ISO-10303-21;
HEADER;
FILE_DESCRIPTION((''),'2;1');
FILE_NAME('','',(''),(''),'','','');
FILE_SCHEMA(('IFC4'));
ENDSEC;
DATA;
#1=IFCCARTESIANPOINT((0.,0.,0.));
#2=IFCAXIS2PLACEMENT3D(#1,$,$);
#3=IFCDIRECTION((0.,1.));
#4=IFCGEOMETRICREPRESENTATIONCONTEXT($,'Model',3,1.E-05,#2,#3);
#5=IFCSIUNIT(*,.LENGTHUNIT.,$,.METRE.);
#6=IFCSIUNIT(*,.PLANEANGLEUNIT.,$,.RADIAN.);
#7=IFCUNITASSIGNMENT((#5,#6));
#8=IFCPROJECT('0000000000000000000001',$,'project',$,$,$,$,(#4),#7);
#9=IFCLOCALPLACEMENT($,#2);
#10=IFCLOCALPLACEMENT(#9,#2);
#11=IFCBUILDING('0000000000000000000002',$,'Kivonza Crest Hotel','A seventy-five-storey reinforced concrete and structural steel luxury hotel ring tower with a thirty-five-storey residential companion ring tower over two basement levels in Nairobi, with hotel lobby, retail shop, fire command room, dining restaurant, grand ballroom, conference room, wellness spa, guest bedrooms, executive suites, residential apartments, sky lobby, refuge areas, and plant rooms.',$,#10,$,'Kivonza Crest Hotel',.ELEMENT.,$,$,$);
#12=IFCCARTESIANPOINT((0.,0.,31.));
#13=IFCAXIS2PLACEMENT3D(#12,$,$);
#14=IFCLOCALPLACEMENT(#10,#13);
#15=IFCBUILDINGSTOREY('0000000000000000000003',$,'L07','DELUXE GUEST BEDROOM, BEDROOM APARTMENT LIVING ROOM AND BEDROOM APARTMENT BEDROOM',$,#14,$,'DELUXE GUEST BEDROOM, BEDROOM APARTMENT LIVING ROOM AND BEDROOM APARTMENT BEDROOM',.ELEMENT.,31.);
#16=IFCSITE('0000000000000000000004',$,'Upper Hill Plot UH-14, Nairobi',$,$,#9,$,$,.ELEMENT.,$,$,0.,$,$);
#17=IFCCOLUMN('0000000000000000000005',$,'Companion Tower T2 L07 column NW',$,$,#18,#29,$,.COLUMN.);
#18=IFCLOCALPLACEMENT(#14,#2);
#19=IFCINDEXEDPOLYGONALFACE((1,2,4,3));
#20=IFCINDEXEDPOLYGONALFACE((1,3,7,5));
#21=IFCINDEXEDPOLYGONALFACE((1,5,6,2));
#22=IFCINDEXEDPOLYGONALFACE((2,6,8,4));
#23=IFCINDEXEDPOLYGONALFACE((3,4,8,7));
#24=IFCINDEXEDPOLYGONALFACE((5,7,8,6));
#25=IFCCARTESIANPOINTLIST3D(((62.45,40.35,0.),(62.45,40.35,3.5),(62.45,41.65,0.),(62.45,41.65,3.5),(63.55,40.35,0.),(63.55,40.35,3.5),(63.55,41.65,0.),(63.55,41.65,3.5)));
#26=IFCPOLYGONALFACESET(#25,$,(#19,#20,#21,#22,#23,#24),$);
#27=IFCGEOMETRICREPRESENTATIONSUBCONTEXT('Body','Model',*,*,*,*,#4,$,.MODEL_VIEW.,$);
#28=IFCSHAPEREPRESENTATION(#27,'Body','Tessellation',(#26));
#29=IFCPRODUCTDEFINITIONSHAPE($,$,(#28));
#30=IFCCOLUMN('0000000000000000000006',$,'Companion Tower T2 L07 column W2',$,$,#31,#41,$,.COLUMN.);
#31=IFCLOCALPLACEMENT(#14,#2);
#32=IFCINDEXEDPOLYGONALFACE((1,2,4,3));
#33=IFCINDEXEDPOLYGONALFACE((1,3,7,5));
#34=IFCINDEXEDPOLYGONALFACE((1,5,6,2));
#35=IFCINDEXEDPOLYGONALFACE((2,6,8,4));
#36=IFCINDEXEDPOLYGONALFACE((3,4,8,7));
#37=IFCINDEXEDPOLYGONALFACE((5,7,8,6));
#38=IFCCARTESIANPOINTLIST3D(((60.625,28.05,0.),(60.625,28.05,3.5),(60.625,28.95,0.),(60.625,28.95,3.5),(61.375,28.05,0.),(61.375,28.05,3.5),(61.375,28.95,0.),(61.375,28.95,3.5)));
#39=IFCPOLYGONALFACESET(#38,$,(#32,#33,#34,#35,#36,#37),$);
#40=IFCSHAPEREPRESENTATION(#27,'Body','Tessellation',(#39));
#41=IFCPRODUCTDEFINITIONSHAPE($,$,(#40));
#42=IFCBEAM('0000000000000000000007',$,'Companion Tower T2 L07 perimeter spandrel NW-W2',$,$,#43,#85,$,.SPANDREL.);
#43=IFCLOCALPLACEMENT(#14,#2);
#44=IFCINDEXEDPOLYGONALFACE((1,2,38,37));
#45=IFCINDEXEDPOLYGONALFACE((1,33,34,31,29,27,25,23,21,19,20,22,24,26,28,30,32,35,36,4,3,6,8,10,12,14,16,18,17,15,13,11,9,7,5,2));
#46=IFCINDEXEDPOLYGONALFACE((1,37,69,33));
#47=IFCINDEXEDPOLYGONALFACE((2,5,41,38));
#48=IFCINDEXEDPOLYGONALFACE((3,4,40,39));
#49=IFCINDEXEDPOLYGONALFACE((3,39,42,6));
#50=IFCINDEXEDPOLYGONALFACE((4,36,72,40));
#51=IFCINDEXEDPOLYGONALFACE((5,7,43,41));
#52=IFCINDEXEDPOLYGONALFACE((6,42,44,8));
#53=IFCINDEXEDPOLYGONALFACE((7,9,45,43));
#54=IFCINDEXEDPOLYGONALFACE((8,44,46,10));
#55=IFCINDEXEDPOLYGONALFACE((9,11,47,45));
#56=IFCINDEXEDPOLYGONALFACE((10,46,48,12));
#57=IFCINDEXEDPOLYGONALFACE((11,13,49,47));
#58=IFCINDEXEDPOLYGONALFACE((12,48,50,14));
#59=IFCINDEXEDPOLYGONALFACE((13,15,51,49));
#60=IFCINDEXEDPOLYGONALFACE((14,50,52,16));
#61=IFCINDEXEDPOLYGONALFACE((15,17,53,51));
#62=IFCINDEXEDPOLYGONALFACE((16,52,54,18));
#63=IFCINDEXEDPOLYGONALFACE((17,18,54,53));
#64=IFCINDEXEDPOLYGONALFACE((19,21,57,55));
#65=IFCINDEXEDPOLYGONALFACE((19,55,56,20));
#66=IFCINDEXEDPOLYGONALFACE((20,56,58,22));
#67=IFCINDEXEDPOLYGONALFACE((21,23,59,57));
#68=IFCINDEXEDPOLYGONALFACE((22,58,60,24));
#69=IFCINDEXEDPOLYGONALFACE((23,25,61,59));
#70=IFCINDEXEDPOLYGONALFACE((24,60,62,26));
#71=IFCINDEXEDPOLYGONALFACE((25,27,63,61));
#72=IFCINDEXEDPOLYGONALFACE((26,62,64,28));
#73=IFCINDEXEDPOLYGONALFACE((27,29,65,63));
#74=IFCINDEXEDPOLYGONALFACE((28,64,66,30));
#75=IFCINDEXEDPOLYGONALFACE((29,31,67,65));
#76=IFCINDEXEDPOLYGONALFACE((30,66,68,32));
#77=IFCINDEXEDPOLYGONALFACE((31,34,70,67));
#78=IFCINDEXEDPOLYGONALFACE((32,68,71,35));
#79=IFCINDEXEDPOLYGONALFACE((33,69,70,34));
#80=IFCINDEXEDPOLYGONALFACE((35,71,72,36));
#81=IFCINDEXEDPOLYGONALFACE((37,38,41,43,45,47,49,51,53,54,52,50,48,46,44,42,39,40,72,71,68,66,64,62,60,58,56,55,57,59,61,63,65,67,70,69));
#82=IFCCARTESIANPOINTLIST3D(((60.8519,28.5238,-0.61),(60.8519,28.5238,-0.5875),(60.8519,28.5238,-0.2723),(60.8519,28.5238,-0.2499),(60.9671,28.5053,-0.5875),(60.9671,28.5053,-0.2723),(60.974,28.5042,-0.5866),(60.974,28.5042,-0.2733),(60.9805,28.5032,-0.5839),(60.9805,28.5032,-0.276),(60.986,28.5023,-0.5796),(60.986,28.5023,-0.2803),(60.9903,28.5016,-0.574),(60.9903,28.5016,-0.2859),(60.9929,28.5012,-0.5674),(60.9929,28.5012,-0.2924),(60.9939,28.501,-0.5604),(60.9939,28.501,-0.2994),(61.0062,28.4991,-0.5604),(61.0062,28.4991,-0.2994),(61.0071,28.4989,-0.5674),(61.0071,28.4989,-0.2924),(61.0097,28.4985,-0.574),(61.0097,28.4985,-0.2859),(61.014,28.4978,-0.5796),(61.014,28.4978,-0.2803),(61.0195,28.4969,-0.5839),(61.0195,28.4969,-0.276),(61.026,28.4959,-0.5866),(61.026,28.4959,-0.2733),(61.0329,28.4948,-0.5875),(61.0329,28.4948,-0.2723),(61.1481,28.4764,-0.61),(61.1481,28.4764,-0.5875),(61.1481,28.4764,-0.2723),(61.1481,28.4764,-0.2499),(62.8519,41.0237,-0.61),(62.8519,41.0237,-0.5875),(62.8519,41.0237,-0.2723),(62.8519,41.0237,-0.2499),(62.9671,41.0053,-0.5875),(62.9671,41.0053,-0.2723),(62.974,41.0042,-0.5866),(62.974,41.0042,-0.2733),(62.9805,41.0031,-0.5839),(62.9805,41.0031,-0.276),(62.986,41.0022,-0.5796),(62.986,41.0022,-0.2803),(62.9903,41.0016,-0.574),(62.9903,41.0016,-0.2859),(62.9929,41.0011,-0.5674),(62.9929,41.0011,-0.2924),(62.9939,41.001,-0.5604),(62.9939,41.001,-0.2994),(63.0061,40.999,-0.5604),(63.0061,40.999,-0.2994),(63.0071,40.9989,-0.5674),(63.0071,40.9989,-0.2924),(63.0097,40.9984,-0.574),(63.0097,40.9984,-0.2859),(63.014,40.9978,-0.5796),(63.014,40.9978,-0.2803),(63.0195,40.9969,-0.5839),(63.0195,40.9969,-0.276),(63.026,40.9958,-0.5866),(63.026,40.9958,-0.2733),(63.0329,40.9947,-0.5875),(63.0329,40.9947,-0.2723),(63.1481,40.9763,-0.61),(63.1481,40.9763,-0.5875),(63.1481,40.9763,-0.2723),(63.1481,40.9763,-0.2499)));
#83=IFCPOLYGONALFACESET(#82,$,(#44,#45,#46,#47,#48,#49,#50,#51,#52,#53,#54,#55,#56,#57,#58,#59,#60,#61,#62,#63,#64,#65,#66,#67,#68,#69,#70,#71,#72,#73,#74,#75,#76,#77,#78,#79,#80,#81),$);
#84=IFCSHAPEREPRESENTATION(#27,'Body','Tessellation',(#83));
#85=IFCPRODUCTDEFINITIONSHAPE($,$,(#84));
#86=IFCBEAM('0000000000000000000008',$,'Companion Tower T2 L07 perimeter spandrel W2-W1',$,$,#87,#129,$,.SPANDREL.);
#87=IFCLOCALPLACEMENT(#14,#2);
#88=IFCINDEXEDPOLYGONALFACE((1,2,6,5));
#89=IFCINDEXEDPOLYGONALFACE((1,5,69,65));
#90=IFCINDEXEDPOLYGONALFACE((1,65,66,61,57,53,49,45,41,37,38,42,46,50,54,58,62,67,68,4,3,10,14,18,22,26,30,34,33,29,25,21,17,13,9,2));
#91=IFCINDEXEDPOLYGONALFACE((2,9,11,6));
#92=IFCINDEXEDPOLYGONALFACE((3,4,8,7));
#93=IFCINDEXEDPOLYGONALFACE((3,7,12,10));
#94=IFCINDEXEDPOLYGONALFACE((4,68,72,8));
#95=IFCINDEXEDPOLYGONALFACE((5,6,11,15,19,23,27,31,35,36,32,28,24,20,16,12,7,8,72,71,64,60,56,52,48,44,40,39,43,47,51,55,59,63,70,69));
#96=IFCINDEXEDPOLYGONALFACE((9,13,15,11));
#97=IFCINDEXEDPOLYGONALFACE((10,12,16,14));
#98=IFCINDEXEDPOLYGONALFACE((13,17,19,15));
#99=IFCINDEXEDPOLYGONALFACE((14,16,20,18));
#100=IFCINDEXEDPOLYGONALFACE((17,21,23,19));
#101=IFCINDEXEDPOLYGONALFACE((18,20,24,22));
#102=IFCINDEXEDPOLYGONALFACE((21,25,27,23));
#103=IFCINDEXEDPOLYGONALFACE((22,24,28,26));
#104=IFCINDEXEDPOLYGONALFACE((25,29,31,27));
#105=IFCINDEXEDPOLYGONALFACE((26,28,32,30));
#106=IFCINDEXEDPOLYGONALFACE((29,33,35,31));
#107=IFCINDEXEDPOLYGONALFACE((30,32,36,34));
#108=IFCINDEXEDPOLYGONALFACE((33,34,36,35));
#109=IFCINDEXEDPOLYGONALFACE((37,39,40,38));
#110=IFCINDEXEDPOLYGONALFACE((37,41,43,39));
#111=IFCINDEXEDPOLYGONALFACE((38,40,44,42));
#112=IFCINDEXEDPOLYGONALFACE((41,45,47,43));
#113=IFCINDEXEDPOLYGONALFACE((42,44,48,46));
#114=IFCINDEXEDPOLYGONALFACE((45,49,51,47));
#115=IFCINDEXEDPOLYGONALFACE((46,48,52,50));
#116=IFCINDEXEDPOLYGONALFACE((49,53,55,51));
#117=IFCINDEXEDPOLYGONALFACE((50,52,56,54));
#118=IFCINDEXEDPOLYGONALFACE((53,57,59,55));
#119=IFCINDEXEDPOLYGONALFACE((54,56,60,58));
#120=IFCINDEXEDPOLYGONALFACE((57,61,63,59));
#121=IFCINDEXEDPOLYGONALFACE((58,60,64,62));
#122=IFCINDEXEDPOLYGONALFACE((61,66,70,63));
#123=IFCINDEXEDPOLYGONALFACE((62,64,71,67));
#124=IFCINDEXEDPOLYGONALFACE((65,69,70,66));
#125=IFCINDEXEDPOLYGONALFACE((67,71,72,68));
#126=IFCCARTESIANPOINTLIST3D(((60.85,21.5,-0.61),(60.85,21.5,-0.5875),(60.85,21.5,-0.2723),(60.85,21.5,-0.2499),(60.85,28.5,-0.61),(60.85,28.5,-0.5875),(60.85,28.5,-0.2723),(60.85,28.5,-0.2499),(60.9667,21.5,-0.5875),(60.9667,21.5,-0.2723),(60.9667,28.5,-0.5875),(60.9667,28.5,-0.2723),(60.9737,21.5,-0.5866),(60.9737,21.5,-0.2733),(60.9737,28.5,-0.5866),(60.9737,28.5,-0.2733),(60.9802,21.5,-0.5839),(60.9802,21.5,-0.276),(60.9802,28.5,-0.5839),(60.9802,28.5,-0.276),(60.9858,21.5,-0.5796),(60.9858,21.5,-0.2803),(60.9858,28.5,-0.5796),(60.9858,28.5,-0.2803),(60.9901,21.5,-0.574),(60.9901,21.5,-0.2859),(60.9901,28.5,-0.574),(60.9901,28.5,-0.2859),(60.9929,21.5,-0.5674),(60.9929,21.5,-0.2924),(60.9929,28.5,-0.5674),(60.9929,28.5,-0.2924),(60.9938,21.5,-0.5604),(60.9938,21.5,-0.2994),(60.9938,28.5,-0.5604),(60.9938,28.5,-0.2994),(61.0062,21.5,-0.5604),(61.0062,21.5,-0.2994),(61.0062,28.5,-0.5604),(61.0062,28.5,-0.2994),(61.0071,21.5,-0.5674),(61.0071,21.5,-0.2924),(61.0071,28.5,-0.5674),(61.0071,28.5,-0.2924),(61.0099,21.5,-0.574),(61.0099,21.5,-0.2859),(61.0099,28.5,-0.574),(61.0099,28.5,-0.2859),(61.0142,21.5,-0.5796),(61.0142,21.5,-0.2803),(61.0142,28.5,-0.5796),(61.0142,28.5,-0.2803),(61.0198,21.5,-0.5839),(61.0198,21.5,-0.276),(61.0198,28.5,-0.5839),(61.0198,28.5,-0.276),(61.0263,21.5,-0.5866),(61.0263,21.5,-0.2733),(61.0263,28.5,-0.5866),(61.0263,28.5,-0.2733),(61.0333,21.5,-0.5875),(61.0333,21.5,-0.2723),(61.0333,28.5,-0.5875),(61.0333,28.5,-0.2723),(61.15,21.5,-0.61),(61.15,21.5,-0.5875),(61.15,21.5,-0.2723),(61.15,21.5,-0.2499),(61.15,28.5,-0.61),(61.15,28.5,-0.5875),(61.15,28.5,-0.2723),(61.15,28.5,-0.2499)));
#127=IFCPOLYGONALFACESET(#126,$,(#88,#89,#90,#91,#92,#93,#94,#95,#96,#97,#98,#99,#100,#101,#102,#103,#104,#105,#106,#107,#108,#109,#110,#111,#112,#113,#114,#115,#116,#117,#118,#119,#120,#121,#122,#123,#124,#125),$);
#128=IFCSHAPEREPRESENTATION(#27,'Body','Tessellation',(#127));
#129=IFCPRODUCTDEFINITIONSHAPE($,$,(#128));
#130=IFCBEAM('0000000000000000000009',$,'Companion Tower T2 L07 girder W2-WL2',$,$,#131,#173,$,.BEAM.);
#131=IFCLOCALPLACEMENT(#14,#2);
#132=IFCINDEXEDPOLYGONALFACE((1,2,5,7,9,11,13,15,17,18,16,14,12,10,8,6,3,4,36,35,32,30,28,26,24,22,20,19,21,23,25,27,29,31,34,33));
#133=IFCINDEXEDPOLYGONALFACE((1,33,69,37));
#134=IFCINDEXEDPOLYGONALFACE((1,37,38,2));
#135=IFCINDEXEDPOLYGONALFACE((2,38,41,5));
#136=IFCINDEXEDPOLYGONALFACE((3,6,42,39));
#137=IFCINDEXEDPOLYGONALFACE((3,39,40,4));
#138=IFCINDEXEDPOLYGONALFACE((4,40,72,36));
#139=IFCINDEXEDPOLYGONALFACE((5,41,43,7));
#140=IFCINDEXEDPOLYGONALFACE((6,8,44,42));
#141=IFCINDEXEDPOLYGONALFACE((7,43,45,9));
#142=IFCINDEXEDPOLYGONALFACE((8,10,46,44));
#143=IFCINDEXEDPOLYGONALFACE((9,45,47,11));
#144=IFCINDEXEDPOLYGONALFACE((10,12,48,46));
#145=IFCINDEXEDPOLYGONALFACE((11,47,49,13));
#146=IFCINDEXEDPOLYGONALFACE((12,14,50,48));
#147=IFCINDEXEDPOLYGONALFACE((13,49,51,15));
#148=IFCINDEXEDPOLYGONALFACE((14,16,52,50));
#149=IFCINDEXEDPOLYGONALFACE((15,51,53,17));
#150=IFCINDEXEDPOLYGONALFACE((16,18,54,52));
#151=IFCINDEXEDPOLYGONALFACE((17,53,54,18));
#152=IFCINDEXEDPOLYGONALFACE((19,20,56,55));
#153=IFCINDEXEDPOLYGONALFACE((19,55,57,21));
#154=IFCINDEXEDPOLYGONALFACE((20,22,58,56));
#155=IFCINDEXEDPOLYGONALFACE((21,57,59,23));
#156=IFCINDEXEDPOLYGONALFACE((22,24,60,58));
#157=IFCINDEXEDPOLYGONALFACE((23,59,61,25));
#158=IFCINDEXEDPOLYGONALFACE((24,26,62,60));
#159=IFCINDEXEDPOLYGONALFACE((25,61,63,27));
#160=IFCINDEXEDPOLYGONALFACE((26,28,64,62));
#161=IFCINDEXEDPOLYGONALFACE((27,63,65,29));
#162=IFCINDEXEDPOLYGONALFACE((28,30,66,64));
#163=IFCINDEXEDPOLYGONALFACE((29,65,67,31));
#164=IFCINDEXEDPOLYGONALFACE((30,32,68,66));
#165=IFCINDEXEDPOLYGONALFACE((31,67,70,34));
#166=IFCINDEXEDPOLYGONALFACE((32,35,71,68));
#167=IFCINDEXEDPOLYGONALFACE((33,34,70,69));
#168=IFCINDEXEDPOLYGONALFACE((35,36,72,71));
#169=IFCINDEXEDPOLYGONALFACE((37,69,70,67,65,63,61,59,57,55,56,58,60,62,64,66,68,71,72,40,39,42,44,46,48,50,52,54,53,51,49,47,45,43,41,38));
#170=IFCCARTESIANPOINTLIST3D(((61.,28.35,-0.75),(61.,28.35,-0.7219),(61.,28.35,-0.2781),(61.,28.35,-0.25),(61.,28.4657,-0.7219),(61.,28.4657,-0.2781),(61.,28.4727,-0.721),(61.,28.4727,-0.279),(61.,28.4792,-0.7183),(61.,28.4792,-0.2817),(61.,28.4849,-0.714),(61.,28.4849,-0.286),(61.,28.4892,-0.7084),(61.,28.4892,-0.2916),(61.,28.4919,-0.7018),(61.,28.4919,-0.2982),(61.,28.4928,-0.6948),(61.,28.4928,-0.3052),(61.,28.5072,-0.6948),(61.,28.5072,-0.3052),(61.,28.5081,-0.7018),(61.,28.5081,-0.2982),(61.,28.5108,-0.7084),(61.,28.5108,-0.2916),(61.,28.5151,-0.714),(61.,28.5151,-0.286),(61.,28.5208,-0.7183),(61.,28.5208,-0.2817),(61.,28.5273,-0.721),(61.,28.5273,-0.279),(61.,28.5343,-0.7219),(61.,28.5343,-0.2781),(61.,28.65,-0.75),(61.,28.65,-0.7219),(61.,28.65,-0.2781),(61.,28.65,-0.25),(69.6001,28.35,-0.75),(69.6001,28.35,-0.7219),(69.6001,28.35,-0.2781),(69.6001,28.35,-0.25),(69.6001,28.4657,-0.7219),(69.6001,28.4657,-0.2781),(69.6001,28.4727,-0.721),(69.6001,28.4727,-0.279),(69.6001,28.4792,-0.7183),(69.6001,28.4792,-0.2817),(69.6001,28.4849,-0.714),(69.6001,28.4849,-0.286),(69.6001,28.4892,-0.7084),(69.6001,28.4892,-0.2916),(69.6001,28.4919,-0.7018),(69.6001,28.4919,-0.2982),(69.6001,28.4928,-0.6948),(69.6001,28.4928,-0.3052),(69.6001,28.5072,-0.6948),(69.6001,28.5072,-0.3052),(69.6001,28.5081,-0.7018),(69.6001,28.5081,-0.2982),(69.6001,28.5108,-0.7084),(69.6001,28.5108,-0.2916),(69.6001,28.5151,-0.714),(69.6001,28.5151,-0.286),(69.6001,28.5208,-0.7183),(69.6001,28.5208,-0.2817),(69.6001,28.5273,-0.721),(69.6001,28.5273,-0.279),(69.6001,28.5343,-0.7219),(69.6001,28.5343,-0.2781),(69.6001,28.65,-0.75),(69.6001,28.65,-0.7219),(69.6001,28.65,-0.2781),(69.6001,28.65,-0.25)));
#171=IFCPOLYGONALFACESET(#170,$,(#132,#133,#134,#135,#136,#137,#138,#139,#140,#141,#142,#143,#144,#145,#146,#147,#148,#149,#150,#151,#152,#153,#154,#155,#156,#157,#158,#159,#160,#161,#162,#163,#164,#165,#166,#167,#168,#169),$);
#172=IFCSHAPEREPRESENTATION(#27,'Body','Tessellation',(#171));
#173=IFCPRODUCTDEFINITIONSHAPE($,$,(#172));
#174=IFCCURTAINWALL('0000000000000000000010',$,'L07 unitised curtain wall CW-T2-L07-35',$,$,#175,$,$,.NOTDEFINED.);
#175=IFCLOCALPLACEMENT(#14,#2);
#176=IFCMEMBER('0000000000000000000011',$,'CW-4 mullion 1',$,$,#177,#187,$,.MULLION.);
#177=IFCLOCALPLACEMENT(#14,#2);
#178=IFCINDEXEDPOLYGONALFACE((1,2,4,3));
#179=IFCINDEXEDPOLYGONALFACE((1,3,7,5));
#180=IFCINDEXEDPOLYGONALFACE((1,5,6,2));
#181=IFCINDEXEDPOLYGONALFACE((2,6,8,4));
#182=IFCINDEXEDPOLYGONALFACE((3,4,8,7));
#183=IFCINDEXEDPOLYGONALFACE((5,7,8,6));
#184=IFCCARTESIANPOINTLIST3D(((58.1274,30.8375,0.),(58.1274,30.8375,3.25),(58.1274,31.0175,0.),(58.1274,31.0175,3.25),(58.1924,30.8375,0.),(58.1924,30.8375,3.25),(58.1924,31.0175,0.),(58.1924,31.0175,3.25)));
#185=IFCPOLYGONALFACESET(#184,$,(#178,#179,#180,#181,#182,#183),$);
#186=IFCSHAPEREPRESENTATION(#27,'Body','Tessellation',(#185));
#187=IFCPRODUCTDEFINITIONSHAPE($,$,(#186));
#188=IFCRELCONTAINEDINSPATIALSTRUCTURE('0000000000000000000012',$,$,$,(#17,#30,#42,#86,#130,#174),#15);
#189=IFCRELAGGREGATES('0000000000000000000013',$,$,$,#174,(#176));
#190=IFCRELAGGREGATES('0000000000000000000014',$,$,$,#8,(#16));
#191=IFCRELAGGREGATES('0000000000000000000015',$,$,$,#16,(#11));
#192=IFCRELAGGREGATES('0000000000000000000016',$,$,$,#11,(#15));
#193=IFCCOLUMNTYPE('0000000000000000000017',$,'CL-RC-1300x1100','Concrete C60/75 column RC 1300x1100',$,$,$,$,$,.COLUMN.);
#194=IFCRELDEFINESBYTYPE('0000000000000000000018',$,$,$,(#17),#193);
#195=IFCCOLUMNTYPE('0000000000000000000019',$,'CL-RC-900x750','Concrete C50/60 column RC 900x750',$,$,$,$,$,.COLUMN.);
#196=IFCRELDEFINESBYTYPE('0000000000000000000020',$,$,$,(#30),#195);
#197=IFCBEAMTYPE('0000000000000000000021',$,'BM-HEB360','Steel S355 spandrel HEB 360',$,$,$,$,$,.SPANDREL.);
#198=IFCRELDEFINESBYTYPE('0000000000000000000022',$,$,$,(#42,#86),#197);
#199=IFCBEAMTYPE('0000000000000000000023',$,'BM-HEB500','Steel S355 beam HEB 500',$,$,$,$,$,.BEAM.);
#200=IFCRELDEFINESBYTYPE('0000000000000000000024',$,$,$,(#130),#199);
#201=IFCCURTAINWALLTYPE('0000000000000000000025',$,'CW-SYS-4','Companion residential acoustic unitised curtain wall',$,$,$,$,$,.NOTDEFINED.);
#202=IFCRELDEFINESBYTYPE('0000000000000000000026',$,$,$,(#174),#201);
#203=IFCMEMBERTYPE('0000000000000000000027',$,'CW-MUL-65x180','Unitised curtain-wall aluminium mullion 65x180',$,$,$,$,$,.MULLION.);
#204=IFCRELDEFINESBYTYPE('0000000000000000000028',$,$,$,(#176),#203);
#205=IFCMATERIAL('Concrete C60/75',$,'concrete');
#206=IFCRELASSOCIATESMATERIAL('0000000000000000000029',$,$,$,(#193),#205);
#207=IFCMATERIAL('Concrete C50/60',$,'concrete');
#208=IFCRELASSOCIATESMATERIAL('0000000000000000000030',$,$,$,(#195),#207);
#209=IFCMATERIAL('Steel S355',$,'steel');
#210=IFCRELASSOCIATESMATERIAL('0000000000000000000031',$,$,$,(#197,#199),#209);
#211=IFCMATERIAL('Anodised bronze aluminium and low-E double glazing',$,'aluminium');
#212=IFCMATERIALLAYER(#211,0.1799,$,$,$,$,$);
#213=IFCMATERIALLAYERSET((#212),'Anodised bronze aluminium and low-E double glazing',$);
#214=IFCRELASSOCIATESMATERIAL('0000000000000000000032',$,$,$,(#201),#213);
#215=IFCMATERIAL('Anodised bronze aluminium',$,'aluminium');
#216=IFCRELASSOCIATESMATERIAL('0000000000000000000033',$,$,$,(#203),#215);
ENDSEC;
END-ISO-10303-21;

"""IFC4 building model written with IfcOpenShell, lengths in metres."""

from ifc_helpers import new_model, si_unit, direction, frame, origin, origin_2d, place, context, subcontext, project, spatial, rectangle, i_section, extrude, material, layer, layer_set, material_profile, profile_set, type_object, element, aggregate, save


model = new_model("IFC4")

# Units and contexts
model_context = context("Model", 3, precision=1e-05, world=origin(), true_north=direction((0.0, 1.0)))
body_context = subcontext(model_context, "Body", "Model", "MODEL_VIEW")
ifc_project = project(units=[si_unit("LENGTHUNIT", "METRE"), si_unit("PLANEANGLEUNIT", "RADIAN")], contexts=[model_context])

# Site, building, storey
site_placement = place(None, origin())
site = spatial("IfcSite", under=ifc_project, at=site_placement, Name="Upper Hill Plot UH-14, Nairobi", CompositionType="ELEMENT", RefElevation=0.0)
building_placement = place(site_placement, origin())
building = spatial("IfcBuilding", under=site, at=building_placement, Name="Kivonza Crest Hotel", Description="A seventy-five-storey reinforced concrete and structural steel luxury hotel ring tower with a thirty-five-storey residential companion ring tower over two basement levels in Nairobi, with hotel lobby, retail shop, fire command room, dining restaurant, grand ballroom, conference room, wellness spa, guest bedrooms, executive suites, residential apartments, sky lobby, refuge areas, and plant rooms.", LongName="Kivonza Crest Hotel", CompositionType="ELEMENT")
storey_placement = place(building_placement, frame((0.0, 0.0, 31.0)))
storey = spatial("IfcBuildingStorey", under=building, at=storey_placement, Name="L07", Description="DELUXE GUEST BEDROOM, BEDROOM APARTMENT LIVING ROOM AND BEDROOM APARTMENT BEDROOM", LongName="DELUXE GUEST BEDROOM, BEDROOM APARTMENT LIVING ROOM AND BEDROOM APARTMENT BEDROOM", CompositionType="ELEMENT", Elevation=31.0)

# Columns
ifc_material_1 = material(Name="Concrete C60/75", Category="concrete")
ifc_material_profile_1 = material_profile(ifc_material_1, rectangle(XDim=1.1001, YDim=1.3, at=origin_2d()), Name="RC 1300x1100")
ifc_profile_set_1 = profile_set([ifc_material_profile_1], Name="Concrete C60/75")
column_type_1 = type_object("IfcColumnType", Name="CL-RC-1300x1100", Description="Concrete C60/75 column RC 1300x1100", PredefinedType="COLUMN", material=ifc_profile_set_1)
column_1_placement = place(storey_placement, frame((63.0, 41.0, 0.0), z_axis=(0.0, 0.0, 1.0), x_axis=(1.0, 0.0, 0.0)))
element("IfcColumn", 1, at=column_1_placement, inside=storey, type_object=column_type_1, Name="Companion Tower T2 L07 column NW", PredefinedType="COLUMN", context=body_context, shape_type="SweptSolid", body=[
    extrude(rectangle(XDim=1.1001, YDim=1.3, at=origin_2d()), origin(), (0.0, 0.0, 1.0), 3.5),
])
ifc_material_2 = material(Name="Concrete C50/60", Category="concrete")
ifc_material_profile_2 = material_profile(ifc_material_2, rectangle(XDim=0.75, YDim=0.8999, at=origin_2d()), Name="RC 900x750")
ifc_profile_set_2 = profile_set([ifc_material_profile_2], Name="Concrete C50/60")
column_type_2 = type_object("IfcColumnType", Name="CL-RC-900x750", Description="Concrete C50/60 column RC 900x750", PredefinedType="COLUMN", material=ifc_profile_set_2)
column_2_placement = place(storey_placement, frame((61.0, 28.5, 0.0), z_axis=(0.0, 0.0, 1.0), x_axis=(1.0, 0.0, 0.0)))
element("IfcColumn", 2, at=column_2_placement, inside=storey, type_object=column_type_2, Name="Companion Tower T2 L07 column W2", PredefinedType="COLUMN", context=body_context, shape_type="SweptSolid", body=[
    extrude(rectangle(XDim=0.75, YDim=0.8999, at=origin_2d()), origin(), (0.0, 0.0, 1.0), 3.5),
])

# Beams
ifc_material_3 = material(Name="Steel S355", Category="steel")
ifc_material_profile_3 = material_profile(ifc_material_3, i_section(OverallWidth=0.3, OverallDepth=0.3601, WebThickness=0.0125, FlangeThickness=0.0225, FilletRadius=0.0271, at=origin_2d()), Name="HEB 360")
ifc_profile_set_3 = profile_set([ifc_material_profile_3], Name="Steel S355")
beam_type_1 = type_object("IfcBeamType", Name="BM-HEB360", Description="Steel S355 spandrel HEB 360", PredefinedType="SPANDREL", material=ifc_profile_set_3)
beam_1_placement = place(storey_placement, frame((63.0, 41.0, -0.4299), z_axis=(-0.157991, -0.987441, 0.0), x_axis=(0.987441, -0.157991, 0.0)))
element("IfcBeam", 3, at=beam_1_placement, inside=storey, type_object=beam_type_1, Name="Companion Tower T2 L07 perimeter spandrel NW-W2", PredefinedType="SPANDREL", context=body_context, shape_type="SweptSolid", body=[
    extrude(i_section(OverallWidth=0.3, OverallDepth=0.3601, WebThickness=0.0125, FlangeThickness=0.0225, FilletRadius=0.0271, at=origin_2d()), origin(), (0.0, 0.0, 1.0), 12.6589),
])
beam_2_placement = place(storey_placement, frame((61.0, 28.5, -0.4299), z_axis=(0.0, -1.0, 0.0), x_axis=(1.0, 0.0, 0.0)))
element("IfcBeam", 4, at=beam_2_placement, inside=storey, type_object=beam_type_1, Name="Companion Tower T2 L07 perimeter spandrel W2-W1", PredefinedType="SPANDREL", context=body_context, shape_type="SweptSolid", body=[
    extrude(i_section(OverallWidth=0.3, OverallDepth=0.3601, WebThickness=0.0125, FlangeThickness=0.0225, FilletRadius=0.0271, at=origin_2d()), origin(), (0.0, 0.0, 1.0), 7.0),
])
ifc_material_profile_4 = material_profile(ifc_material_3, i_section(OverallWidth=0.3, OverallDepth=0.5, WebThickness=0.0144, FlangeThickness=0.0281, FilletRadius=0.0271, at=origin_2d()), Name="HEB 500")
ifc_profile_set_4 = profile_set([ifc_material_profile_4], Name="Steel S355")
beam_type_2 = type_object("IfcBeamType", Name="BM-HEB500", Description="Steel S355 beam HEB 500", PredefinedType="BEAM", material=ifc_profile_set_4)
beam_3_placement = place(storey_placement, frame((61.0, 28.5, -0.5), z_axis=(1.0, 0.0, 0.0), x_axis=(0.0, 1.0, 0.0)))
element("IfcBeam", 5, at=beam_3_placement, inside=storey, type_object=beam_type_2, Name="Companion Tower T2 L07 girder W2-WL2", PredefinedType="BEAM", context=body_context, shape_type="SweptSolid", body=[
    extrude(i_section(OverallWidth=0.3, OverallDepth=0.5, WebThickness=0.0144, FlangeThickness=0.0281, FilletRadius=0.0271, at=origin_2d()), origin(), (0.0, 0.0, 1.0), 8.6001),
])

# Curtain wall, member
ifc_material_4 = material(Name="Anodised bronze aluminium and low-E double glazing", Category="aluminium")
ifc_layer_1 = layer(ifc_material_4, 0.1799)
ifc_layer_set_1 = layer_set([ifc_layer_1], Name="Anodised bronze aluminium and low-E double glazing")
curtain_wall_type = type_object("IfcCurtainWallType", Name="CW-SYS-4", Description="Companion residential acoustic unitised curtain wall", PredefinedType="NOTDEFINED", material=ifc_layer_set_1)
curtain_wall_placement = place(storey_placement, origin())
curtain_wall = element("IfcCurtainWall", 6, at=curtain_wall_placement, inside=storey, type_object=curtain_wall_type, Name="L07 unitised curtain wall CW-T2-L07-35", PredefinedType="NOTDEFINED")
ifc_material_5 = material(Name="Anodised bronze aluminium", Category="aluminium")
ifc_material_profile_5 = material_profile(ifc_material_5, rectangle(XDim=0.0649, YDim=0.1799, at=origin_2d()), Name="CW-M 65x180")
ifc_profile_set_5 = profile_set([ifc_material_profile_5], Name="Anodised bronze aluminium")
member_type = type_object("IfcMemberType", Name="CW-MUL-65x180", Description="Unitised curtain-wall aluminium mullion 65x180", PredefinedType="MULLION", material=ifc_profile_set_5)
member_placement = place(storey_placement, frame((58.1599, 30.9275, 0.0), z_axis=(0.0, 0.0, 1.0), x_axis=(1.0, 0.0, 0.0)))
member = element("IfcMember", 7, at=member_placement, type_object=member_type, Name="CW-4 mullion 1", PredefinedType="MULLION", context=body_context, shape_type="SweptSolid", body=[
    extrude(rectangle(XDim=0.0649, YDim=0.1799, at=origin_2d()), origin(), (0.0, 0.0, 1.0), 3.25),
])
aggregate(curtain_wall, [member])

save(model, "model.ifc")
